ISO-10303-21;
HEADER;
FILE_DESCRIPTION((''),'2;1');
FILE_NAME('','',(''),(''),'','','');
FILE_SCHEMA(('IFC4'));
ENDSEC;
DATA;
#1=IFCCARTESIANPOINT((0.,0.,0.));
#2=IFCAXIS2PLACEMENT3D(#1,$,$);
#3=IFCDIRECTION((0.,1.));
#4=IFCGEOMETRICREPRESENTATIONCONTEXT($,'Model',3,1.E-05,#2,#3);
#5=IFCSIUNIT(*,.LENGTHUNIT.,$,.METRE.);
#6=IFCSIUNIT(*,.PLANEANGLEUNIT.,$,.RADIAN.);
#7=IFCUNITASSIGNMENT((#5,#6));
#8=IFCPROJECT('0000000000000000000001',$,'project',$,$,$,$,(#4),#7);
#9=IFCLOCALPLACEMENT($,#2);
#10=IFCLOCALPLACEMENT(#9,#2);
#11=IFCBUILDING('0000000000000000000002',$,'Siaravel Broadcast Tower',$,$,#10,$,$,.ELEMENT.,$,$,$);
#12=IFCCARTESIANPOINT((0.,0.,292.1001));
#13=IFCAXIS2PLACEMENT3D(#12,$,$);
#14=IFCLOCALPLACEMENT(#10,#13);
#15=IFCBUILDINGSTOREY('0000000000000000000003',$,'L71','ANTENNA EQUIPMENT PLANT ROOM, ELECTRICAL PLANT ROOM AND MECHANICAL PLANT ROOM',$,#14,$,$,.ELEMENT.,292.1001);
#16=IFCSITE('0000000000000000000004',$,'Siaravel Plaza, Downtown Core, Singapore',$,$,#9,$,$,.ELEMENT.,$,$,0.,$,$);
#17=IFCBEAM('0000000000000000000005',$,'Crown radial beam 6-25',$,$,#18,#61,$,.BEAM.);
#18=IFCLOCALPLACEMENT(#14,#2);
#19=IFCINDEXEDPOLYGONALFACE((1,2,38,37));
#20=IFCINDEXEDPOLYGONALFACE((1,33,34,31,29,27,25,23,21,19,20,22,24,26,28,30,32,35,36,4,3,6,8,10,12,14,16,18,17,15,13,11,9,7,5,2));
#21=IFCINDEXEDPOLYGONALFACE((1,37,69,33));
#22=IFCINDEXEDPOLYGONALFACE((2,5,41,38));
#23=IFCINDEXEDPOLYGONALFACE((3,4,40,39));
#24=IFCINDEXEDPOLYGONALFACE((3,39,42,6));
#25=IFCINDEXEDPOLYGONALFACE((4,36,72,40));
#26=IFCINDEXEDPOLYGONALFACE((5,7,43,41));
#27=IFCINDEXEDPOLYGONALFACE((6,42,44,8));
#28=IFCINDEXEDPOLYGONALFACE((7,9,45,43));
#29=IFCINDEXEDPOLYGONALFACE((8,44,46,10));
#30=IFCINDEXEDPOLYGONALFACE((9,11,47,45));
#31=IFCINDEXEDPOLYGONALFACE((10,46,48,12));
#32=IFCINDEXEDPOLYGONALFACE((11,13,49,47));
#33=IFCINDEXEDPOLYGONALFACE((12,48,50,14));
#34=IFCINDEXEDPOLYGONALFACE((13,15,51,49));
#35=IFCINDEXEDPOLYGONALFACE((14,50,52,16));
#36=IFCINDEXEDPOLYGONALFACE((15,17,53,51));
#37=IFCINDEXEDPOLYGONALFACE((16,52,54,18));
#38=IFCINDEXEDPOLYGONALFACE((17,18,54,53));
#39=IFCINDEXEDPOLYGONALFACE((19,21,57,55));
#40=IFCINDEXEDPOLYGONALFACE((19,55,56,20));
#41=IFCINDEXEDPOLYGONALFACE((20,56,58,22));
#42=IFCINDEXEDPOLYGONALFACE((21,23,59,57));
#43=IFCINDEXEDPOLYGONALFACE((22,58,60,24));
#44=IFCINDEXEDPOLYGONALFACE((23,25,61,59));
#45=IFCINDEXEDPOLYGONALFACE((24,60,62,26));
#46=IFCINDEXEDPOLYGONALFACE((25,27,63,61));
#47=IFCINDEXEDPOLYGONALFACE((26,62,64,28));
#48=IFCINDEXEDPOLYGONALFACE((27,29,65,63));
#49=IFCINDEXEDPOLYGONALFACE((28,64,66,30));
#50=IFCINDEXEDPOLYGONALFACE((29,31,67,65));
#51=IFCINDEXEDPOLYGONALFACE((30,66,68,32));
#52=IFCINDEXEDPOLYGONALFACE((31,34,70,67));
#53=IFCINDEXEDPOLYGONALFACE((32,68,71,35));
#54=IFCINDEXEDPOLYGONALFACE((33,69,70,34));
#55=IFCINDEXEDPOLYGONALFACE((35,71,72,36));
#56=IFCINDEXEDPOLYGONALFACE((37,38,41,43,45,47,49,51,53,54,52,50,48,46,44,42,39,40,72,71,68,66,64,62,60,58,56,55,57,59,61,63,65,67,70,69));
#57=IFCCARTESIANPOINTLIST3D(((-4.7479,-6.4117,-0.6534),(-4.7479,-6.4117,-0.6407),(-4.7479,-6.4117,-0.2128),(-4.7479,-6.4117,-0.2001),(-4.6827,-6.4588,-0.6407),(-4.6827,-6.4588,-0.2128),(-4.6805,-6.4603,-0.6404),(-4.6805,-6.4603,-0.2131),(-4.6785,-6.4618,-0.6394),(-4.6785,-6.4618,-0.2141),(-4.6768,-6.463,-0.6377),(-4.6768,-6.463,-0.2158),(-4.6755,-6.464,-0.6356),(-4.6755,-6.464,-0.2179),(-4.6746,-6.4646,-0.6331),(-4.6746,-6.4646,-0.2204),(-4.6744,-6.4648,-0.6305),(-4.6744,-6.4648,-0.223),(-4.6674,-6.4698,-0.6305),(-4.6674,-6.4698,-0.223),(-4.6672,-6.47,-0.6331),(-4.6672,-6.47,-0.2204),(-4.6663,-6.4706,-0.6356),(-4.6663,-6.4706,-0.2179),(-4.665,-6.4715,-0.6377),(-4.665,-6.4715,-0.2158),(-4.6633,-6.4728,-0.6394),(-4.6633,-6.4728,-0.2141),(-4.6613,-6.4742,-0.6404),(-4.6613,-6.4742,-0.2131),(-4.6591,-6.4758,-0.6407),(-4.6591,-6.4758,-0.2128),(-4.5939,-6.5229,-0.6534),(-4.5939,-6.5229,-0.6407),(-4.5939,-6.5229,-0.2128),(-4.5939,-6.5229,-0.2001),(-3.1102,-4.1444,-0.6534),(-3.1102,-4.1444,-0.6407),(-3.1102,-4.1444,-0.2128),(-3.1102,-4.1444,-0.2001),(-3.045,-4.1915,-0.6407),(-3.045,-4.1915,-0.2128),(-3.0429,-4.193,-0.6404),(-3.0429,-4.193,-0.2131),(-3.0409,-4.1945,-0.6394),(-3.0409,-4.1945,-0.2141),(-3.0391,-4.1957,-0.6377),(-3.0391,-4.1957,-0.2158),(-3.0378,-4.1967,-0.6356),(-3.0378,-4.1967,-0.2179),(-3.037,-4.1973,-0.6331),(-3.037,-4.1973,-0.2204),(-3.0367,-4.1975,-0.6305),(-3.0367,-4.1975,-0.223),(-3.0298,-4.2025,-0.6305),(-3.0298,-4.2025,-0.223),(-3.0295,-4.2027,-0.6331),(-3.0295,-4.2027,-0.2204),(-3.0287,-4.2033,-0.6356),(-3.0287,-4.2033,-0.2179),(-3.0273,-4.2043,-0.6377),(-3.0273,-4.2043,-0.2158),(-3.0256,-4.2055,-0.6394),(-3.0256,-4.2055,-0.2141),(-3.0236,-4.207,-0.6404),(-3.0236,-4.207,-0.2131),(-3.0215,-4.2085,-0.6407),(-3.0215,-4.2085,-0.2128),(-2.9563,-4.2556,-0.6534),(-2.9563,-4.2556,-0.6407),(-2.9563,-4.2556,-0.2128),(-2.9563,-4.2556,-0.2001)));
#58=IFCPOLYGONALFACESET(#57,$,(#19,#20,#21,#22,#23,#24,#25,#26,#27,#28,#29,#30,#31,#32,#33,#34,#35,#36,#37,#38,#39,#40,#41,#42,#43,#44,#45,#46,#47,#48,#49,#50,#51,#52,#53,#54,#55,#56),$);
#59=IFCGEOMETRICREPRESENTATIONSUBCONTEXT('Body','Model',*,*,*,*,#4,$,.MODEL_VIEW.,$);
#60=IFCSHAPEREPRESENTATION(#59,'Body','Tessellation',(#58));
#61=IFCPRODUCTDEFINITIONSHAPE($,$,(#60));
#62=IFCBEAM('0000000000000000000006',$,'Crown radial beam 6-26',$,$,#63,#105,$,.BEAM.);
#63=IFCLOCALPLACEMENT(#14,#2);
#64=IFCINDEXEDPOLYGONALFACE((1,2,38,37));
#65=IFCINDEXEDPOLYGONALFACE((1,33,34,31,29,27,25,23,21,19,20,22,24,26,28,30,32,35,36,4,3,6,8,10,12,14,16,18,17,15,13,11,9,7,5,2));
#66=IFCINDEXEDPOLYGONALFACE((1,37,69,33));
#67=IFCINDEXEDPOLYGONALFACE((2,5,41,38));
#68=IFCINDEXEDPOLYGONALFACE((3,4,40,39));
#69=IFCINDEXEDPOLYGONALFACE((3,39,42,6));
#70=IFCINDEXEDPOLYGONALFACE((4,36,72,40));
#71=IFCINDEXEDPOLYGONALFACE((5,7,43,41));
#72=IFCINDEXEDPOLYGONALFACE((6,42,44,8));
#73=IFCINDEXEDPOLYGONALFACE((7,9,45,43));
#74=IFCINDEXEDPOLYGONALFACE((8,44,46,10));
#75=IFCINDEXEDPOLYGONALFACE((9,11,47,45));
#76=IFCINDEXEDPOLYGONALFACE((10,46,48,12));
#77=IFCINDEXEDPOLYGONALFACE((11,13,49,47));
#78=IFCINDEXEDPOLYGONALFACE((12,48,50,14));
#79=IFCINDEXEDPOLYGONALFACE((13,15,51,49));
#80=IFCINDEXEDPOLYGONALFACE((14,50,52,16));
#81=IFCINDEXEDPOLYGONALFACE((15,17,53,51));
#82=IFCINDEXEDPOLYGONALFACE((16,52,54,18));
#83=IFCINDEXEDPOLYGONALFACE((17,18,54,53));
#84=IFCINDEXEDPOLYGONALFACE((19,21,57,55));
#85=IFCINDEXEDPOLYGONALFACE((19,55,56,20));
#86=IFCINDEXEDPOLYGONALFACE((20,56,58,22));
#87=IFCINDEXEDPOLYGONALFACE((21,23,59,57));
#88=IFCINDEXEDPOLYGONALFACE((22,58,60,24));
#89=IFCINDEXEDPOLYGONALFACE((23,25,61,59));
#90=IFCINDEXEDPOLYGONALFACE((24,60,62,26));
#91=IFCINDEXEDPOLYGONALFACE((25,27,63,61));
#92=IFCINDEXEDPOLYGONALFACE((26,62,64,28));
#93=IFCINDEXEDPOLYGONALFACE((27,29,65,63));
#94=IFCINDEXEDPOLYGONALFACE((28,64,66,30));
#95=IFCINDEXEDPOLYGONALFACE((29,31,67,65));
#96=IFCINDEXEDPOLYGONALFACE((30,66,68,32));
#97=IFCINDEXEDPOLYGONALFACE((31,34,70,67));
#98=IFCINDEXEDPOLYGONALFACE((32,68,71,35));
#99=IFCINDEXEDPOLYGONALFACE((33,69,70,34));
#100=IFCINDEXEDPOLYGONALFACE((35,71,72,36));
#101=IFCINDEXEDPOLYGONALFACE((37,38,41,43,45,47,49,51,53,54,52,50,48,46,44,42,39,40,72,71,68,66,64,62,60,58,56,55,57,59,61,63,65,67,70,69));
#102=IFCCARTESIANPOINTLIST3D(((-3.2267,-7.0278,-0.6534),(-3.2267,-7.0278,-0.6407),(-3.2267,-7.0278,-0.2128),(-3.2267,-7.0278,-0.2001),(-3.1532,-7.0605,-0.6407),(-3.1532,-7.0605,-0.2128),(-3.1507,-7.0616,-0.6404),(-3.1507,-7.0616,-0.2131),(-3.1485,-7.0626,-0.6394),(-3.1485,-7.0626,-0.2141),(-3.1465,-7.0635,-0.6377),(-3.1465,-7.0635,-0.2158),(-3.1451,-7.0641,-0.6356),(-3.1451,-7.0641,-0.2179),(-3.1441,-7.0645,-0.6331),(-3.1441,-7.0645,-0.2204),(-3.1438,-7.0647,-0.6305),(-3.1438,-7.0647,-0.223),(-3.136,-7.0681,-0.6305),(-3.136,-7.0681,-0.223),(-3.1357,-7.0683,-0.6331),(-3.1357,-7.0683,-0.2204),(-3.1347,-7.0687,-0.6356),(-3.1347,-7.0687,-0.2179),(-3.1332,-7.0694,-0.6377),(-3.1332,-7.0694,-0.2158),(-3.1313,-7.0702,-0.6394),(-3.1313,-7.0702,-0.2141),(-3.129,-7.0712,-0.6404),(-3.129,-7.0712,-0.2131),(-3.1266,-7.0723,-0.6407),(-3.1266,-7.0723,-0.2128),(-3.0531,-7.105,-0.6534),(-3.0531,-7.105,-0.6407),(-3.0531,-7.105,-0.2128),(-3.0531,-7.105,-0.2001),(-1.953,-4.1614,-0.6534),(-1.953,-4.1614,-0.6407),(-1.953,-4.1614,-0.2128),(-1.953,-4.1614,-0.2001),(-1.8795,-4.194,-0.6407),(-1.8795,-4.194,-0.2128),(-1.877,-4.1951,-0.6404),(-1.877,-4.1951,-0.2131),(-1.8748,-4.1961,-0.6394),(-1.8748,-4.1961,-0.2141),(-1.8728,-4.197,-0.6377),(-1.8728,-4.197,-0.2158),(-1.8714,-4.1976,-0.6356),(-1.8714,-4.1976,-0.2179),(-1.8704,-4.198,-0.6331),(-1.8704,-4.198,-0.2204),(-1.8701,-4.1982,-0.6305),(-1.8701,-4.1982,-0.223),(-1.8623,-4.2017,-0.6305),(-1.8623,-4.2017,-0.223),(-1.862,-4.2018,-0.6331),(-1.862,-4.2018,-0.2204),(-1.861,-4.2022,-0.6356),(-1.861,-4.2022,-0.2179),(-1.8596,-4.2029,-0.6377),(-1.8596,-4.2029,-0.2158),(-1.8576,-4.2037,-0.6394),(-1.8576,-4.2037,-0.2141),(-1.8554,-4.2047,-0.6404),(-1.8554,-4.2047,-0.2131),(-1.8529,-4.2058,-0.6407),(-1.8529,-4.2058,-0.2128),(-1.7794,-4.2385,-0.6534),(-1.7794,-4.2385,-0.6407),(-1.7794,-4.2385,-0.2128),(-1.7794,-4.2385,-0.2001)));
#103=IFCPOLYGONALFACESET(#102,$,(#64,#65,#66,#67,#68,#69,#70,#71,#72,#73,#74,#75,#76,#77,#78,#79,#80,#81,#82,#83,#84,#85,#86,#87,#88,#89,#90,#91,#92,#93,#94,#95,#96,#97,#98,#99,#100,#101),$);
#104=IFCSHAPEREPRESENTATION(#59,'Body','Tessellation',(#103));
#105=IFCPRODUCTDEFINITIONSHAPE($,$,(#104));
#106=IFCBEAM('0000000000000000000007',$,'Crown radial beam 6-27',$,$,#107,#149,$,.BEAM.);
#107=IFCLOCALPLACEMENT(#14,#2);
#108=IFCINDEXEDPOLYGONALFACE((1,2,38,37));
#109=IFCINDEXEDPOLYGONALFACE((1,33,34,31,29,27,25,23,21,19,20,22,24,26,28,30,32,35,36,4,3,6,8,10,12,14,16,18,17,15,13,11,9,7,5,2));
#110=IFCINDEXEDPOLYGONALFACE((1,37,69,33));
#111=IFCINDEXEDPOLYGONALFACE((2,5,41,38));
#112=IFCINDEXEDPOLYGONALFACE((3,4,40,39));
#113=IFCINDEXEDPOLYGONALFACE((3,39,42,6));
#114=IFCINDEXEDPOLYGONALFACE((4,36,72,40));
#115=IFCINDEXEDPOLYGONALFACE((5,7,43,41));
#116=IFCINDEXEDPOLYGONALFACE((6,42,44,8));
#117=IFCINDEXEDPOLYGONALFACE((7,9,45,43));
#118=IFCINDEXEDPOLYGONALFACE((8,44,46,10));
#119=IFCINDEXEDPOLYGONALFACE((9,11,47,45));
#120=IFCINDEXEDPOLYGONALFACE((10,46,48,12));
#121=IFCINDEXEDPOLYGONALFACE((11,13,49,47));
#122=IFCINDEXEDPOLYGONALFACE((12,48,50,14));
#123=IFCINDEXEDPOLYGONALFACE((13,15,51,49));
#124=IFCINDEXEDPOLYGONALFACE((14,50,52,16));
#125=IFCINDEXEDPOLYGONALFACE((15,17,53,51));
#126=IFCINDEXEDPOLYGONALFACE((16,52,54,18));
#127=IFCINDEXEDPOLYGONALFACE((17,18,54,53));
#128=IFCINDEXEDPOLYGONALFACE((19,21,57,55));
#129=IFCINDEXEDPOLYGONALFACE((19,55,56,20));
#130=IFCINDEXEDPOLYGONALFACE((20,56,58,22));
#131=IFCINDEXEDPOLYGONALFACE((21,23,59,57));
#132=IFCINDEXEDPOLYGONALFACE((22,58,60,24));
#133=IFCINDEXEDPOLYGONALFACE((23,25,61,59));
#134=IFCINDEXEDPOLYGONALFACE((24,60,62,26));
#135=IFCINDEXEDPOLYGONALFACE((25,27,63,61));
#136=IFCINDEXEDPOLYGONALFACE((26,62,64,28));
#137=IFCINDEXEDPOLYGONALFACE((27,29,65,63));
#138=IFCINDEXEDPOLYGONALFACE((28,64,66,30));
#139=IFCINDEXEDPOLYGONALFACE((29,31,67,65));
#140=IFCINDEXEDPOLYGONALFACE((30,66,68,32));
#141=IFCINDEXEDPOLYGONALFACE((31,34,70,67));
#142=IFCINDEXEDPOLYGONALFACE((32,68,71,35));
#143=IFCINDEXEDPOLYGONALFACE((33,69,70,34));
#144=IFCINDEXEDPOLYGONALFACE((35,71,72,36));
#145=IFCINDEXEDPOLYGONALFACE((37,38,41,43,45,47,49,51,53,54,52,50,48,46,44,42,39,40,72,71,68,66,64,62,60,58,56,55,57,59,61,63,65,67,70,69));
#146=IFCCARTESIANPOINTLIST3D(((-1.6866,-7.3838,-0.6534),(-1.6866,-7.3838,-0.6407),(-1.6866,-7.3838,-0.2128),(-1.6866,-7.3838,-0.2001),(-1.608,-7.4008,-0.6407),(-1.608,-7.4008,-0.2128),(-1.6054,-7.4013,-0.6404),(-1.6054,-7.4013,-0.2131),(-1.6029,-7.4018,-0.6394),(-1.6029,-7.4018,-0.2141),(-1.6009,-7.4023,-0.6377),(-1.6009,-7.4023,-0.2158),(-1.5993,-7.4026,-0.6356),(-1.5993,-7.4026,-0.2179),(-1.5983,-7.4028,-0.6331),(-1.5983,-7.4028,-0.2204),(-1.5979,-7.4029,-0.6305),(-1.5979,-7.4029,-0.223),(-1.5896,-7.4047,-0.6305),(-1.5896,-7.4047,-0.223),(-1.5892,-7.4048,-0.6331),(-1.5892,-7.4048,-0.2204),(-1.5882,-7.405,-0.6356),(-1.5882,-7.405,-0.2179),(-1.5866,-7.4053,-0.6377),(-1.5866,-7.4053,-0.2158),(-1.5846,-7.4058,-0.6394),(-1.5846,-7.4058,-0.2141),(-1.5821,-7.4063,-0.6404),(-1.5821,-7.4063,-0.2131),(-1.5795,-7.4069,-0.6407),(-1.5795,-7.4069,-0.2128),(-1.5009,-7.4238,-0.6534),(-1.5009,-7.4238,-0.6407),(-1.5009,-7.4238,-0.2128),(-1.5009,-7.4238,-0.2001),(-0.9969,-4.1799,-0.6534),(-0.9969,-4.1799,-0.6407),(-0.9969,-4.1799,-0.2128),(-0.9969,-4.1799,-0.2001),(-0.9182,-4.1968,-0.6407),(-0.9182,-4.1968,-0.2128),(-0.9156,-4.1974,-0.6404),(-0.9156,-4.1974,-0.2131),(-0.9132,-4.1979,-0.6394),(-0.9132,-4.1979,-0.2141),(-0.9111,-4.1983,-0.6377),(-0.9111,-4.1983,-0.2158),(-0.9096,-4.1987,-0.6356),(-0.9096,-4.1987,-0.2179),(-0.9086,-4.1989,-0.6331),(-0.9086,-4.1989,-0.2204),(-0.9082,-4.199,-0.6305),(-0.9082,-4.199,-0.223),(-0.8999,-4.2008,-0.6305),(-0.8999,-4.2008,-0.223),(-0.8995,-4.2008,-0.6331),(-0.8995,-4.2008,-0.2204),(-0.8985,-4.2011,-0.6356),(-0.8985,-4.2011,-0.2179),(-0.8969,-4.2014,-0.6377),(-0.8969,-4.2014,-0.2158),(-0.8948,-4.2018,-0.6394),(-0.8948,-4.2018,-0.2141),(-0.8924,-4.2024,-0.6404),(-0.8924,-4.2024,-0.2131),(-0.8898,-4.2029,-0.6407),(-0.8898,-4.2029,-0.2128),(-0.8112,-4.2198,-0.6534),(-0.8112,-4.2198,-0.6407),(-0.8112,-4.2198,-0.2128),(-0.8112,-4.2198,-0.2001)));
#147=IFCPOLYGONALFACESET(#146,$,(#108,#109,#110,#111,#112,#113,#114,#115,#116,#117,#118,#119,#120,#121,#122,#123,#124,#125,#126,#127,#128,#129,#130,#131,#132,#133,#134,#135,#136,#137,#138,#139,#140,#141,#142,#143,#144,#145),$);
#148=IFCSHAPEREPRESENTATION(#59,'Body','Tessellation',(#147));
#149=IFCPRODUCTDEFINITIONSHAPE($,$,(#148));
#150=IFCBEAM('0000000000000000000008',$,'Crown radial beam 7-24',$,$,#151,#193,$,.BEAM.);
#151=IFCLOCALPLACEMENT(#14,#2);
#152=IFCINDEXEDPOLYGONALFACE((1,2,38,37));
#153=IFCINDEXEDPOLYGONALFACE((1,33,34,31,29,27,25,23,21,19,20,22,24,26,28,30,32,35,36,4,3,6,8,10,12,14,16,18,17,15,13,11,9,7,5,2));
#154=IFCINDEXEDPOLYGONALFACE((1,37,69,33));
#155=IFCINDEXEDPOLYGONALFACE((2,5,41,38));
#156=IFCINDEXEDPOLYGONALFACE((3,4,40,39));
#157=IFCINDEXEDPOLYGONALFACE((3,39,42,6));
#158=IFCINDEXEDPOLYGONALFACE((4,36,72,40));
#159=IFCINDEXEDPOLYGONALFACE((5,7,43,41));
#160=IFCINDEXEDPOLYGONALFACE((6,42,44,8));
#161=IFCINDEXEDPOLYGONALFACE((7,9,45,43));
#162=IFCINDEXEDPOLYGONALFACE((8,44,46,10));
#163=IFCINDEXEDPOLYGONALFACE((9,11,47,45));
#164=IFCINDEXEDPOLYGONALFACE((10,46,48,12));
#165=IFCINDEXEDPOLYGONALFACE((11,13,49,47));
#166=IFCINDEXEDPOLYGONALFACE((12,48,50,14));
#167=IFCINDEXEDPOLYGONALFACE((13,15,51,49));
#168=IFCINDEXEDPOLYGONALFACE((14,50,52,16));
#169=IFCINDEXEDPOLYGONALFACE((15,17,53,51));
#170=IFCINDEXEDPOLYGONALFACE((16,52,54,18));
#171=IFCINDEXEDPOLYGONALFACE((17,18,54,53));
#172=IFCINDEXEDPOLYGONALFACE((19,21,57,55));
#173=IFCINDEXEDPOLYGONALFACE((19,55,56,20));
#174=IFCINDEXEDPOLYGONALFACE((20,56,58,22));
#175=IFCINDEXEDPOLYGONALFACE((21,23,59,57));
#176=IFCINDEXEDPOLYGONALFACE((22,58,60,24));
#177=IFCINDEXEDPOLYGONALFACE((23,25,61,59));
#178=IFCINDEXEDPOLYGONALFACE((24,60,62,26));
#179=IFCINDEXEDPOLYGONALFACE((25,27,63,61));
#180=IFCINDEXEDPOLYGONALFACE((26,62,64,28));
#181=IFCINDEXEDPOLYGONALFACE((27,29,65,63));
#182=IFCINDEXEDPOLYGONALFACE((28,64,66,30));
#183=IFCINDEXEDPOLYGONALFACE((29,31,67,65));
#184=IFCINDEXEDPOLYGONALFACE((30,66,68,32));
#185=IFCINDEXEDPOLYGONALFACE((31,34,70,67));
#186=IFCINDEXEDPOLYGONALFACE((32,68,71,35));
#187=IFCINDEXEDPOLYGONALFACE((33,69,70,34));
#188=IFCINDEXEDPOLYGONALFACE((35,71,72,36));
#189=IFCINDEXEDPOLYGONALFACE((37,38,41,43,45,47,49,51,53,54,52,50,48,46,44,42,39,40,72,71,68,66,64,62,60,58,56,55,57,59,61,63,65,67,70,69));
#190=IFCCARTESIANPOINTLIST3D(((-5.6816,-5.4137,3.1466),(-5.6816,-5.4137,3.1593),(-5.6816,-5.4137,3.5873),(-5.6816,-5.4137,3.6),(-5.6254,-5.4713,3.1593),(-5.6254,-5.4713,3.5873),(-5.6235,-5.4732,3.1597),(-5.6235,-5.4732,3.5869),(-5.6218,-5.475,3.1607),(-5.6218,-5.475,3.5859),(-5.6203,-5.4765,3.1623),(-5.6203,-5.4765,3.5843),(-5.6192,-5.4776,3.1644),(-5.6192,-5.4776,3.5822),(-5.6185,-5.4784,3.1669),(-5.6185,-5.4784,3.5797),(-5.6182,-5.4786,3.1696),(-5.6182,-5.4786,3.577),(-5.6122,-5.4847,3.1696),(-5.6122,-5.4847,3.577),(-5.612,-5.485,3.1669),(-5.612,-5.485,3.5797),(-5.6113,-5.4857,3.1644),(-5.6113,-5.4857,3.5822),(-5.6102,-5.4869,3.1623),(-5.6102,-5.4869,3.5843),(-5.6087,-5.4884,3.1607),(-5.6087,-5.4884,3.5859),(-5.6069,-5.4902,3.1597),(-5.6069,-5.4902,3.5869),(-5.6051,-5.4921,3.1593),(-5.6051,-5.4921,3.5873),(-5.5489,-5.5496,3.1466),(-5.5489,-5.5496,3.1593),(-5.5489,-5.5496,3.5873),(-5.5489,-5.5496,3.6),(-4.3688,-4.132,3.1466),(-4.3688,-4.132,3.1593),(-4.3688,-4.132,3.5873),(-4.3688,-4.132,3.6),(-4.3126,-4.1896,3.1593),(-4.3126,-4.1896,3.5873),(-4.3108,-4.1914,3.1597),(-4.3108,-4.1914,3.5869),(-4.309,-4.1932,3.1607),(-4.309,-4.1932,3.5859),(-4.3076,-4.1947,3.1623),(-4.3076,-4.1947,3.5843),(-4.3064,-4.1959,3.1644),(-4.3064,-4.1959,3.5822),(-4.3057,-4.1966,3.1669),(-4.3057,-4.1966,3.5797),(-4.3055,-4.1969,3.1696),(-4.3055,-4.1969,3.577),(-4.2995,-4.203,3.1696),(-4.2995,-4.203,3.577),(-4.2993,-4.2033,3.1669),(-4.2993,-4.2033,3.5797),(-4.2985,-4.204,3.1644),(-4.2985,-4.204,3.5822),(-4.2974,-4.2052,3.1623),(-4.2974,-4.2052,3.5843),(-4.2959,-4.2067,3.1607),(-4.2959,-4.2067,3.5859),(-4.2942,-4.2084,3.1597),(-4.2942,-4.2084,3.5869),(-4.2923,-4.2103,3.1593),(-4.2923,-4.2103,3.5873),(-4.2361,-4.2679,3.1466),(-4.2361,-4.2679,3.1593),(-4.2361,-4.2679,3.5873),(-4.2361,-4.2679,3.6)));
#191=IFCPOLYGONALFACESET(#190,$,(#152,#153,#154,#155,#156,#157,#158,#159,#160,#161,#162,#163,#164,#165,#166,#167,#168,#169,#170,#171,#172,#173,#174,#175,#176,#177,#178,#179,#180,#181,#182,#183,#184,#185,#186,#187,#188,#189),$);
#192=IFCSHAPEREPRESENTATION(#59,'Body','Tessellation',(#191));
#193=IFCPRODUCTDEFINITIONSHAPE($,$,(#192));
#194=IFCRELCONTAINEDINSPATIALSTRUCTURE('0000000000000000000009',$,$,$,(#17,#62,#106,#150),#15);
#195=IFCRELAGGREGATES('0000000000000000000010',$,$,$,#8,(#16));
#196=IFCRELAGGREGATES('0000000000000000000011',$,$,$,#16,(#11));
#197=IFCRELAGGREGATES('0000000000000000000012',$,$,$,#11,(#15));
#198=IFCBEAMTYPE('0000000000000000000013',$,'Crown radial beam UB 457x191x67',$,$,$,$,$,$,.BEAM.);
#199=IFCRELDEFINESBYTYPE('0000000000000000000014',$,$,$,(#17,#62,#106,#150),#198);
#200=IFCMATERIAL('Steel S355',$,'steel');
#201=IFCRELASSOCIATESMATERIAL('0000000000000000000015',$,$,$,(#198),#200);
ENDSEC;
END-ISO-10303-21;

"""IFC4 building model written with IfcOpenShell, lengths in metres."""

from ifc_helpers import new_model, si_unit, direction, frame, origin, origin_2d, place, context, subcontext, project, spatial, i_section, extrude, material, material_profile, profile_set, type_object, element, save


model = new_model("IFC4")

# Units and contexts
model_context = context("Model", 3, precision=1e-05, world=origin(), true_north=direction((0.0, 1.0)))
body_context = subcontext(model_context, "Body", "Model", "MODEL_VIEW")
ifc_project = project(units=[si_unit("LENGTHUNIT", "METRE"), si_unit("PLANEANGLEUNIT", "RADIAN")], contexts=[model_context])

# Site, building, storey
site_placement = place(None, origin())
site = spatial("IfcSite", under=ifc_project, at=site_placement, Name="Siaravel Plaza, Downtown Core, Singapore", CompositionType="ELEMENT", RefElevation=0.0)
building_placement = place(site_placement, origin())
building = spatial("IfcBuilding", under=site, at=building_placement, Name="Siaravel Broadcast Tower", CompositionType="ELEMENT")
storey_placement = place(building_placement, frame((0.0, 0.0, 292.1001)))
storey = spatial("IfcBuildingStorey", under=building, at=storey_placement, Name="L71", Description="ANTENNA EQUIPMENT PLANT ROOM, ELECTRICAL PLANT ROOM AND MECHANICAL PLANT ROOM", CompositionType="ELEMENT", Elevation=292.1001)

# Beams
ifc_material_1 = material(Name="Steel S355", Category="steel")
ifc_material_profile_1 = material_profile(ifc_material_1, i_section(OverallWidth=0.1899, OverallDepth=0.4534, WebThickness=0.0085, FlangeThickness=0.0127, FilletRadius=0.0103, at=origin_2d()))
ifc_profile_set_1 = profile_set([ifc_material_profile_1], Name="Steel S355")
beam_type_1 = type_object("IfcBeamType", Name="Crown radial beam UB 457x191x67", PredefinedType="BEAM", material=ifc_profile_set_1)
beam_1_placement = place(storey_placement, frame((-4.6709, -6.4673, -0.4268), z_axis=(0.585532, 0.810649, 0.0), x_axis=(-0.810649, 0.585532, 0.0)))
element("IfcBeam", 1, at=beam_1_placement, inside=storey, type_object=beam_type_1, Name="Crown radial beam 6-25", PredefinedType="BEAM", context=body_context, shape_type="SweptSolid", body=[
    extrude(i_section(OverallWidth=0.1899, OverallDepth=0.4534, WebThickness=0.0085, FlangeThickness=0.0127, FilletRadius=0.0103, at=origin_2d()), origin(), (0.0, 0.0, 1.0), 2.7969),
])
beam_2_placement = place(storey_placement, frame((-3.1399, -7.0664, -0.4268), z_axis=(0.406059, 0.913847, 0.0), x_axis=(-0.913847, 0.406059, 0.0)))
element("IfcBeam", 2, at=beam_2_placement, inside=storey, type_object=beam_type_1, Name="Crown radial beam 6-26", PredefinedType="BEAM", context=body_context, shape_type="SweptSolid", body=[
    extrude(i_section(OverallWidth=0.1899, OverallDepth=0.4534, WebThickness=0.0085, FlangeThickness=0.0127, FilletRadius=0.0103, at=origin_2d()), origin(), (0.0, 0.0, 1.0), 3.1367),
])
beam_3_placement = place(storey_placement, frame((-1.5938, -7.4038, -0.4268), z_axis=(0.21045, 0.977605, 0.0), x_axis=(-0.977605, 0.21045, 0.0)))
element("IfcBeam", 3, at=beam_3_placement, inside=storey, type_object=beam_type_1, Name="Crown radial beam 6-27", PredefinedType="BEAM", context=body_context, shape_type="SweptSolid", body=[
    extrude(i_section(OverallWidth=0.1899, OverallDepth=0.4534, WebThickness=0.0085, FlangeThickness=0.0127, FilletRadius=0.0103, at=origin_2d()), origin(), (0.0, 0.0, 1.0), 3.2773),
])
beam_4_placement = place(storey_placement, frame((-5.6152, -5.4817, 3.3733), z_axis=(0.715506, 0.698606, 0.0), x_axis=(-0.698606, 0.715506, 0.0)))
element("IfcBeam", 4, at=beam_4_placement, inside=storey, type_object=beam_type_1, Name="Crown radial beam 7-24", PredefinedType="BEAM", context=body_context, shape_type="SweptSolid", body=[
    extrude(i_section(OverallWidth=0.1899, OverallDepth=0.4534, WebThickness=0.0085, FlangeThickness=0.0127, FilletRadius=0.0103, at=origin_2d()), origin(), (0.0, 0.0, 1.0), 1.8347),
])

save(model, "model.ifc")
